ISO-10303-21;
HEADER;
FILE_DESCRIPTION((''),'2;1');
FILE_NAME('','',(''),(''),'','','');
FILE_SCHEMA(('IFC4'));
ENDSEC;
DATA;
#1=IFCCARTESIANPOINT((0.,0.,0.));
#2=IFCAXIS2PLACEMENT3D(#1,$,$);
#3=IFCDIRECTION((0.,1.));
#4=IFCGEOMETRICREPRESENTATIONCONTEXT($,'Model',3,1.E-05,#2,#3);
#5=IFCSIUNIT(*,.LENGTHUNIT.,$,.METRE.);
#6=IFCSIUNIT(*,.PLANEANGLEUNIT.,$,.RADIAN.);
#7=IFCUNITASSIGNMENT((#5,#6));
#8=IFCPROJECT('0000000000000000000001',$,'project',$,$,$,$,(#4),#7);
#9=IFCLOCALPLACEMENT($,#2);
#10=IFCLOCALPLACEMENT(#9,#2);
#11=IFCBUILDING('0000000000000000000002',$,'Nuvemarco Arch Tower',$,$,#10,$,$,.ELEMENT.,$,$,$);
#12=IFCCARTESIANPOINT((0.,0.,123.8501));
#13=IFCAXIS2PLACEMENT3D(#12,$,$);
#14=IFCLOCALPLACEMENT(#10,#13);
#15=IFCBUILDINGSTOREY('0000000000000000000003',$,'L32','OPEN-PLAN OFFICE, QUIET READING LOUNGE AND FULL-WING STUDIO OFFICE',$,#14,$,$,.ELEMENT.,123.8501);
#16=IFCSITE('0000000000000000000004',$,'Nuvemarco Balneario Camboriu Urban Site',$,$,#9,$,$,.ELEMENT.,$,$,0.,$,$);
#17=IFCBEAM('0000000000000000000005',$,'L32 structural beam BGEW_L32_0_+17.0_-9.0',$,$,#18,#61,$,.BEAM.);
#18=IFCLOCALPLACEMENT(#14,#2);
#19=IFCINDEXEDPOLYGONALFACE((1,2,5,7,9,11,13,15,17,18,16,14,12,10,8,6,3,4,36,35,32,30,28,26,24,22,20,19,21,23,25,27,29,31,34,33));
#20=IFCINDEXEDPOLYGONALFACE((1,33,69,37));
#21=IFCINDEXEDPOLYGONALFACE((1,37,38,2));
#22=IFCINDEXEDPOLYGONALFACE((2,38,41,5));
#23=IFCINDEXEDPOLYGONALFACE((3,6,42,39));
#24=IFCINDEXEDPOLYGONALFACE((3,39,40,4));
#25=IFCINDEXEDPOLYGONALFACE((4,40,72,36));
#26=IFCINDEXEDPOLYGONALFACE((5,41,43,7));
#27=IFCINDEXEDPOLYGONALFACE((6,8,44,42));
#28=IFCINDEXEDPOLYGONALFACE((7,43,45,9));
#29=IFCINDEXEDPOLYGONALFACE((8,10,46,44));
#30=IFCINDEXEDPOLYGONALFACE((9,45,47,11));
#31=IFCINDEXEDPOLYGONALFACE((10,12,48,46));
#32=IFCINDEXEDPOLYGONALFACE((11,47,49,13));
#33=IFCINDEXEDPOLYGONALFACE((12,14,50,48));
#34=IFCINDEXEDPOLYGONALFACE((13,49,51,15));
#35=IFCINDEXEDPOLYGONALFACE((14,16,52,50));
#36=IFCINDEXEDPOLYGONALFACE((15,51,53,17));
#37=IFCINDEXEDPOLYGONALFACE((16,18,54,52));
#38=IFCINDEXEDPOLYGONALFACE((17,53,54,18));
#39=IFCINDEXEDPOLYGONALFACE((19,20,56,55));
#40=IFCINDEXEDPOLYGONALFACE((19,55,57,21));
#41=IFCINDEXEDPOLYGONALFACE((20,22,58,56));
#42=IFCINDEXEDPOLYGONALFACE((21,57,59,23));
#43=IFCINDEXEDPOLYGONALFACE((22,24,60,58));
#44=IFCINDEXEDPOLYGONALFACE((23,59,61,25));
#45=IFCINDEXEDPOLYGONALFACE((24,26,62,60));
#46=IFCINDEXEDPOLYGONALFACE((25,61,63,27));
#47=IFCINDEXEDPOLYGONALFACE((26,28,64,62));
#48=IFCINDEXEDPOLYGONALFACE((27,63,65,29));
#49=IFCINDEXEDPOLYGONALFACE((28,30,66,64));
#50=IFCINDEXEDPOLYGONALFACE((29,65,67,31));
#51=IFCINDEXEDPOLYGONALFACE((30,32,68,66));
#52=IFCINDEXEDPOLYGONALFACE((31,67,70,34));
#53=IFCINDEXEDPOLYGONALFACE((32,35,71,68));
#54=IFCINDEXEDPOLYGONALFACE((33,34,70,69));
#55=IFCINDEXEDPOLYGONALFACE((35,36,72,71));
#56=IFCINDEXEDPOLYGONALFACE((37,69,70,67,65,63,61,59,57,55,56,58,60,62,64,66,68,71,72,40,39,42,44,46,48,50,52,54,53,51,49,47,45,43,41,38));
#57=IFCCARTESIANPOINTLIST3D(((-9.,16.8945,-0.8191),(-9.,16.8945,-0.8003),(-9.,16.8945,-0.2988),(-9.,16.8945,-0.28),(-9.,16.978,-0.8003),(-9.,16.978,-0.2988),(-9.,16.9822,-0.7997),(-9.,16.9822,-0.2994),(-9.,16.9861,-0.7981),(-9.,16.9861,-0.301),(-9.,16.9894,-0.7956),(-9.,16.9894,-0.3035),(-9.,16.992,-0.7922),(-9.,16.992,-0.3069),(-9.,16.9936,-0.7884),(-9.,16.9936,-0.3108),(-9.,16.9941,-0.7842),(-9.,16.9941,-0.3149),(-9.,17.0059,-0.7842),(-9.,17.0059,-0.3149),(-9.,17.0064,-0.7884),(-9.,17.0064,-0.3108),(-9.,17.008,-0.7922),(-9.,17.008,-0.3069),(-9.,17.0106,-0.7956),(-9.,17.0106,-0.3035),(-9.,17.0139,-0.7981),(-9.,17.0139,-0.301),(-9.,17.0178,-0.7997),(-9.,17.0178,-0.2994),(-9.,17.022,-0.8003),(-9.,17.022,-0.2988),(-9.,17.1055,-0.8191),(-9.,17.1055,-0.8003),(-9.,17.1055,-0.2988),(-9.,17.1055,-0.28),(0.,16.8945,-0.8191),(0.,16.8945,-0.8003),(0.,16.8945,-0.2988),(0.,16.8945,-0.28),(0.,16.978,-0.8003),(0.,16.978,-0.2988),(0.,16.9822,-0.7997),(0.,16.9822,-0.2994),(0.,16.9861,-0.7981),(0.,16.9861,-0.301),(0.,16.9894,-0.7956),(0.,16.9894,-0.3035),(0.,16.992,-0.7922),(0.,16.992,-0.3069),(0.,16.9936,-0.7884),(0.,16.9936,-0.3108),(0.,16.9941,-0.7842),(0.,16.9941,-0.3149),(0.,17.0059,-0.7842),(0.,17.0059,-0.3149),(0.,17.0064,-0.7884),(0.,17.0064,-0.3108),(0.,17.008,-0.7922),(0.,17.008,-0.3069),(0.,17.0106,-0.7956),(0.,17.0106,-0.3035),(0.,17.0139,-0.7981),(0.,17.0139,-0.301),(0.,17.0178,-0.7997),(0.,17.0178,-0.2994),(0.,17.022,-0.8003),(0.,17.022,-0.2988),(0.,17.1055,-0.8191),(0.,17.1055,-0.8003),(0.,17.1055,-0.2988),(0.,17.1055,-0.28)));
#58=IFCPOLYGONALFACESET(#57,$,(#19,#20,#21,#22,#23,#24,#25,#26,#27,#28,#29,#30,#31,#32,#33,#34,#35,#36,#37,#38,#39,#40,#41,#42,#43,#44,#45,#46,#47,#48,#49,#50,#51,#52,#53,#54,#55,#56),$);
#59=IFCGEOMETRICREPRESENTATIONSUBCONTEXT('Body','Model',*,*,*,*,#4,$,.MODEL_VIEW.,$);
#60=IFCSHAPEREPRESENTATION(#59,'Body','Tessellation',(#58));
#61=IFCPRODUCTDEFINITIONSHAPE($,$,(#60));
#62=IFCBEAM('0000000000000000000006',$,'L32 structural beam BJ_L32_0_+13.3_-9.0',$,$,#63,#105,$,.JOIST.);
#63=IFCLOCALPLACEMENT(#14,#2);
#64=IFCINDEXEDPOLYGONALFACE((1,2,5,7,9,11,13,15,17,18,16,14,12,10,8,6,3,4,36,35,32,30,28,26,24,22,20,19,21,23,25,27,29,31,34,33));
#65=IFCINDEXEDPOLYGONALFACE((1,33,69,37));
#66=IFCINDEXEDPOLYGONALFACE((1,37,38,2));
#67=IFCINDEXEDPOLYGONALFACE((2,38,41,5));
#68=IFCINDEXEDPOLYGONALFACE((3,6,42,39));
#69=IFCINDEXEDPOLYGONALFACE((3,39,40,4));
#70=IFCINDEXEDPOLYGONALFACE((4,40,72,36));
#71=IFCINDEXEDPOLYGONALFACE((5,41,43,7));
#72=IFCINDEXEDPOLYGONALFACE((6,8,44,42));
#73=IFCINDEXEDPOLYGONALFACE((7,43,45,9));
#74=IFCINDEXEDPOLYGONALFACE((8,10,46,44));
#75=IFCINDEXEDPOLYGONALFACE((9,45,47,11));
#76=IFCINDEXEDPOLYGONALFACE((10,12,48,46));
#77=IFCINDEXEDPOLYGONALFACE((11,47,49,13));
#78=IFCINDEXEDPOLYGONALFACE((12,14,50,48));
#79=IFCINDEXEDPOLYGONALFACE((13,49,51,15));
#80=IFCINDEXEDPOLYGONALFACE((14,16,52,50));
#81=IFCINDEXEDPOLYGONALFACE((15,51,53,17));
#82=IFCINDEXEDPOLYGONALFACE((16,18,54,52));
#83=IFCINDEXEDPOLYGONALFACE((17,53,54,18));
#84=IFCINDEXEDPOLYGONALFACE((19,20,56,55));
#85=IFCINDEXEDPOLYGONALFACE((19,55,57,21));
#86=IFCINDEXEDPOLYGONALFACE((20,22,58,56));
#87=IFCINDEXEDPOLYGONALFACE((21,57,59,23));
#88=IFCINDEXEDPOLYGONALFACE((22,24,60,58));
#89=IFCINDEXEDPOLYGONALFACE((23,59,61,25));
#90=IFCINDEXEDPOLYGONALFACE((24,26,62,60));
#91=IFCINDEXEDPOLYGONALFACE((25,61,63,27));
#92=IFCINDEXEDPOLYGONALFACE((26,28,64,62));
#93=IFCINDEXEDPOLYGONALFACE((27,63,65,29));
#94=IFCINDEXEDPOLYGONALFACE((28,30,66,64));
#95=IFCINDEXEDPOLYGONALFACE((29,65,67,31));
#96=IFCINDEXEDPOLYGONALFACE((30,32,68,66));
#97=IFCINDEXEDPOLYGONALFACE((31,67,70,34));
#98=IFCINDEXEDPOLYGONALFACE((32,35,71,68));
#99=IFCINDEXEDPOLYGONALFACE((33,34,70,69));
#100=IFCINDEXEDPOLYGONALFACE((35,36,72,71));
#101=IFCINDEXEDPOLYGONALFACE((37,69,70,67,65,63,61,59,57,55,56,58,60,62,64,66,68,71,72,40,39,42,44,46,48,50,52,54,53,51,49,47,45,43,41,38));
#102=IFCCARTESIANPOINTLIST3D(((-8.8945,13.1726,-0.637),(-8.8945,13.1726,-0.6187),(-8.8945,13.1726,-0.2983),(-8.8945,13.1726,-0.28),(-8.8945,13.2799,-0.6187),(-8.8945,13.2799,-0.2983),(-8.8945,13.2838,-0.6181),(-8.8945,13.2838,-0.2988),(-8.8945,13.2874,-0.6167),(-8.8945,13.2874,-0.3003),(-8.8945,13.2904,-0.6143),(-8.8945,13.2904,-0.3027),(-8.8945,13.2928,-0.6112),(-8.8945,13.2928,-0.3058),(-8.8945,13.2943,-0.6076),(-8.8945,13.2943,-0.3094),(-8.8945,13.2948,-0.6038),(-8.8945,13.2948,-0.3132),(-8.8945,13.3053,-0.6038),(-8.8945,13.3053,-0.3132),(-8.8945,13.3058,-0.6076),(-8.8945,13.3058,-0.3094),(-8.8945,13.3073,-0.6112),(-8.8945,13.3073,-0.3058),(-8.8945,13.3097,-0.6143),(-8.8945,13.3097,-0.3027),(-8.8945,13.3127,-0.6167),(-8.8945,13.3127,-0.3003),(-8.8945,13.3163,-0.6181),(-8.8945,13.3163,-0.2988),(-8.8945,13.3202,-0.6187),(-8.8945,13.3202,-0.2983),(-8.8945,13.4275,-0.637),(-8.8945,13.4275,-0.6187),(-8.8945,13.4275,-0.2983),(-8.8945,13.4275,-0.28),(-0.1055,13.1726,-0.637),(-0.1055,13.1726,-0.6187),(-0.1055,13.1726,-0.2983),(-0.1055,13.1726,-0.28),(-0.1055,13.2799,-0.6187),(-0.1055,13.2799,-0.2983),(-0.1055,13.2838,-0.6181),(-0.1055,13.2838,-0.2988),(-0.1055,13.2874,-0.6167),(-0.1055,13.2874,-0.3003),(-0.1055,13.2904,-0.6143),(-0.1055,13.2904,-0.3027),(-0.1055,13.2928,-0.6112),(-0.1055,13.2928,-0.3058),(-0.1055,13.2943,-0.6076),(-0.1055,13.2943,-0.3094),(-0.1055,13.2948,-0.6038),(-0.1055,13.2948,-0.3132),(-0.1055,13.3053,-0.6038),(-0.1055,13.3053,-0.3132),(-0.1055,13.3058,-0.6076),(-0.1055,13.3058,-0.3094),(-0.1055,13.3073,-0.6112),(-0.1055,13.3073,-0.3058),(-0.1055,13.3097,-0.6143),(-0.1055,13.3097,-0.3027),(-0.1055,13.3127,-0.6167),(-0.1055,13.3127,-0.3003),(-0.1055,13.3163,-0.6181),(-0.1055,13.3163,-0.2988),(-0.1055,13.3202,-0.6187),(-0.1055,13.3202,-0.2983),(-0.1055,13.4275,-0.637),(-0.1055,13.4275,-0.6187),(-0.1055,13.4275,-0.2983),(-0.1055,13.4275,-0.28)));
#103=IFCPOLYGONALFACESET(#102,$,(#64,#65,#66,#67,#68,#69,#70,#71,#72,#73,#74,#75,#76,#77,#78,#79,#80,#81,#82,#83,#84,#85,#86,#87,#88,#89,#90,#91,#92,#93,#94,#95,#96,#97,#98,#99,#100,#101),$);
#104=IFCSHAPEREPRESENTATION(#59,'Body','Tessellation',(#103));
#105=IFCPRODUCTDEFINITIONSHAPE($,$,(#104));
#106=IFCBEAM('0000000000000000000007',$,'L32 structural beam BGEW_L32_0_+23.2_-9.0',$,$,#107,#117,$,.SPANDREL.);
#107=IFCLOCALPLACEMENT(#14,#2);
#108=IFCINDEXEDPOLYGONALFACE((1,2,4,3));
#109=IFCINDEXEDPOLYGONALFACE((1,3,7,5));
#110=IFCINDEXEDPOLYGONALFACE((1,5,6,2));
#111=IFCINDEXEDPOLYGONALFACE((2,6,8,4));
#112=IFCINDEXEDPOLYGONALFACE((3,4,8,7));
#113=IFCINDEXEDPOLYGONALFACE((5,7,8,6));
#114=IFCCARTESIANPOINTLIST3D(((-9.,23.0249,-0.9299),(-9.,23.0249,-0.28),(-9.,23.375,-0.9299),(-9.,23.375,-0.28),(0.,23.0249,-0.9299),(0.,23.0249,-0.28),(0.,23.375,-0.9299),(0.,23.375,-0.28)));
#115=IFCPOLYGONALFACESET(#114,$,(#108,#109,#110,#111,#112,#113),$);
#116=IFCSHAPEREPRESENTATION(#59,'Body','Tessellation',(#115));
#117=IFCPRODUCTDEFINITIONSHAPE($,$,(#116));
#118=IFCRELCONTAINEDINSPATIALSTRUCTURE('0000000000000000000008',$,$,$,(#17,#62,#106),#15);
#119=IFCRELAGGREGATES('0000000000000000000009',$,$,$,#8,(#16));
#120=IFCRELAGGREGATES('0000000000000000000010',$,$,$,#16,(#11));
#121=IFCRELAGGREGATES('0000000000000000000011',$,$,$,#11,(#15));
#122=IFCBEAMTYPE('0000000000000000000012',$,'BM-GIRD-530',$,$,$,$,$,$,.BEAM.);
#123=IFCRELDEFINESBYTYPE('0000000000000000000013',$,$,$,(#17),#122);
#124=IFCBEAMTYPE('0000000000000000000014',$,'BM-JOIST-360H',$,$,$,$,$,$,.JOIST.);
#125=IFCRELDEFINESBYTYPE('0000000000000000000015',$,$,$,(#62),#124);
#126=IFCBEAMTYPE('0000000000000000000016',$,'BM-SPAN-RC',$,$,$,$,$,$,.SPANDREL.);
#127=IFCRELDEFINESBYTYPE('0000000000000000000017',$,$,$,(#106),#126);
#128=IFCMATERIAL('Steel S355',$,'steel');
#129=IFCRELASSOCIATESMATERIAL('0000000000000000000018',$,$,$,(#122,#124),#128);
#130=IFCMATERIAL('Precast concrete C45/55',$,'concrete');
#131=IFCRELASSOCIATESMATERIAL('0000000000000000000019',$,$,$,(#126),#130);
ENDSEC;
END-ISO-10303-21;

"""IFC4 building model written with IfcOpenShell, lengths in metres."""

from ifc_helpers import new_model, si_unit, direction, frame, origin, origin_2d, place, context, subcontext, project, spatial, rectangle, i_section, extrude, material, material_profile, profile_set, type_object, element, save


model = new_model("IFC4")

# Units and contexts
model_context = context("Model", 3, precision=1e-05, world=origin(), true_north=direction((0.0, 1.0)))
body_context = subcontext(model_context, "Body", "Model", "MODEL_VIEW")
ifc_project = project(units=[si_unit("LENGTHUNIT", "METRE"), si_unit("PLANEANGLEUNIT", "RADIAN")], contexts=[model_context])

# Site, building, storey
site_placement = place(None, origin())
site = spatial("IfcSite", under=ifc_project, at=site_placement, Name="Nuvemarco Balneario Camboriu Urban Site", CompositionType="ELEMENT", RefElevation=0.0)
building_placement = place(site_placement, origin())
building = spatial("IfcBuilding", under=site, at=building_placement, Name="Nuvemarco Arch Tower", CompositionType="ELEMENT")
storey_placement = place(building_placement, frame((0.0, 0.0, 123.8501)))
storey = spatial("IfcBuildingStorey", under=building, at=storey_placement, Name="L32", Description="OPEN-PLAN OFFICE, QUIET READING LOUNGE AND FULL-WING STUDIO OFFICE", CompositionType="ELEMENT", Elevation=123.8501)

# Shared definitions
ifc_material_1 = material(Name="Steel S355", Category="steel")

# Beams
ifc_material_profile_1 = material_profile(ifc_material_1, i_section(OverallWidth=0.2109, OverallDepth=0.5391, WebThickness=0.0117, FlangeThickness=0.0188, FilletRadius=0.0161, at=origin_2d()), Name="W530x109")
ifc_profile_set_1 = profile_set([ifc_material_profile_1], Name="Steel S355")
beam_type_1 = type_object("IfcBeamType", Name="BM-GIRD-530", PredefinedType="BEAM", material=ifc_profile_set_1)
beam_1_placement = place(storey_placement, frame((-9.0, 17.0, -0.5496), z_axis=(1.0, 0.0, 0.0), x_axis=(0.0, 1.0, 0.0)))
element("IfcBeam", 1, at=beam_1_placement, inside=storey, type_object=beam_type_1, Name="L32 structural beam BGEW_L32_0_+17.0_-9.0", PredefinedType="BEAM", context=body_context, shape_type="SweptSolid", body=[
    extrude(i_section(OverallWidth=0.2109, OverallDepth=0.5391, WebThickness=0.0117, FlangeThickness=0.0188, FilletRadius=0.0161, at=origin_2d()), origin(), (0.0, 0.0, 1.0), 9.0),
])
ifc_material_profile_2 = material_profile(ifc_material_1, i_section(OverallWidth=0.2549, OverallDepth=0.3569, WebThickness=0.0105, FlangeThickness=0.0183, FilletRadius=0.0149, at=origin_2d()), Name="W360x101")
ifc_profile_set_2 = profile_set([ifc_material_profile_2], Name="Steel S355")
beam_type_2 = type_object("IfcBeamType", Name="BM-JOIST-360H", PredefinedType="JOIST", material=ifc_profile_set_2)
beam_2_placement = place(storey_placement, frame((-8.8945, 13.3, -0.4585), z_axis=(1.0, 0.0, 0.0), x_axis=(0.0, 1.0, 0.0)))
element("IfcBeam", 2, at=beam_2_placement, inside=storey, type_object=beam_type_2, Name="L32 structural beam BJ_L32_0_+13.3_-9.0", PredefinedType="JOIST", context=body_context, shape_type="SweptSolid", body=[
    extrude(i_section(OverallWidth=0.2549, OverallDepth=0.3569, WebThickness=0.0105, FlangeThickness=0.0183, FilletRadius=0.0149, at=origin_2d()), origin(), (0.0, 0.0, 1.0), 8.7891),
])
ifc_material_2 = material(Name="Precast concrete C45/55", Category="concrete")
ifc_material_profile_3 = material_profile(ifc_material_2, rectangle(XDim=0.3501, YDim=0.6499, at=origin_2d()), Name="PC-SP-350x650")
ifc_profile_set_3 = profile_set([ifc_material_profile_3], Name="Precast concrete C45/55")
beam_type_3 = type_object("IfcBeamType", Name="BM-SPAN-RC", PredefinedType="SPANDREL", material=ifc_profile_set_3)
beam_3_placement = place(storey_placement, frame((-9.0, 23.2, -0.605), z_axis=(1.0, 0.0, 0.0), x_axis=(0.0, 1.0, 0.0)))
element("IfcBeam", 3, at=beam_3_placement, inside=storey, type_object=beam_type_3, Name="L32 structural beam BGEW_L32_0_+23.2_-9.0", PredefinedType="SPANDREL", context=body_context, shape_type="SweptSolid", body=[
    extrude(rectangle(XDim=0.3501, YDim=0.6499, at=origin_2d()), origin(), (0.0, 0.0, 1.0), 9.0),
])

save(model, "model.ifc")
